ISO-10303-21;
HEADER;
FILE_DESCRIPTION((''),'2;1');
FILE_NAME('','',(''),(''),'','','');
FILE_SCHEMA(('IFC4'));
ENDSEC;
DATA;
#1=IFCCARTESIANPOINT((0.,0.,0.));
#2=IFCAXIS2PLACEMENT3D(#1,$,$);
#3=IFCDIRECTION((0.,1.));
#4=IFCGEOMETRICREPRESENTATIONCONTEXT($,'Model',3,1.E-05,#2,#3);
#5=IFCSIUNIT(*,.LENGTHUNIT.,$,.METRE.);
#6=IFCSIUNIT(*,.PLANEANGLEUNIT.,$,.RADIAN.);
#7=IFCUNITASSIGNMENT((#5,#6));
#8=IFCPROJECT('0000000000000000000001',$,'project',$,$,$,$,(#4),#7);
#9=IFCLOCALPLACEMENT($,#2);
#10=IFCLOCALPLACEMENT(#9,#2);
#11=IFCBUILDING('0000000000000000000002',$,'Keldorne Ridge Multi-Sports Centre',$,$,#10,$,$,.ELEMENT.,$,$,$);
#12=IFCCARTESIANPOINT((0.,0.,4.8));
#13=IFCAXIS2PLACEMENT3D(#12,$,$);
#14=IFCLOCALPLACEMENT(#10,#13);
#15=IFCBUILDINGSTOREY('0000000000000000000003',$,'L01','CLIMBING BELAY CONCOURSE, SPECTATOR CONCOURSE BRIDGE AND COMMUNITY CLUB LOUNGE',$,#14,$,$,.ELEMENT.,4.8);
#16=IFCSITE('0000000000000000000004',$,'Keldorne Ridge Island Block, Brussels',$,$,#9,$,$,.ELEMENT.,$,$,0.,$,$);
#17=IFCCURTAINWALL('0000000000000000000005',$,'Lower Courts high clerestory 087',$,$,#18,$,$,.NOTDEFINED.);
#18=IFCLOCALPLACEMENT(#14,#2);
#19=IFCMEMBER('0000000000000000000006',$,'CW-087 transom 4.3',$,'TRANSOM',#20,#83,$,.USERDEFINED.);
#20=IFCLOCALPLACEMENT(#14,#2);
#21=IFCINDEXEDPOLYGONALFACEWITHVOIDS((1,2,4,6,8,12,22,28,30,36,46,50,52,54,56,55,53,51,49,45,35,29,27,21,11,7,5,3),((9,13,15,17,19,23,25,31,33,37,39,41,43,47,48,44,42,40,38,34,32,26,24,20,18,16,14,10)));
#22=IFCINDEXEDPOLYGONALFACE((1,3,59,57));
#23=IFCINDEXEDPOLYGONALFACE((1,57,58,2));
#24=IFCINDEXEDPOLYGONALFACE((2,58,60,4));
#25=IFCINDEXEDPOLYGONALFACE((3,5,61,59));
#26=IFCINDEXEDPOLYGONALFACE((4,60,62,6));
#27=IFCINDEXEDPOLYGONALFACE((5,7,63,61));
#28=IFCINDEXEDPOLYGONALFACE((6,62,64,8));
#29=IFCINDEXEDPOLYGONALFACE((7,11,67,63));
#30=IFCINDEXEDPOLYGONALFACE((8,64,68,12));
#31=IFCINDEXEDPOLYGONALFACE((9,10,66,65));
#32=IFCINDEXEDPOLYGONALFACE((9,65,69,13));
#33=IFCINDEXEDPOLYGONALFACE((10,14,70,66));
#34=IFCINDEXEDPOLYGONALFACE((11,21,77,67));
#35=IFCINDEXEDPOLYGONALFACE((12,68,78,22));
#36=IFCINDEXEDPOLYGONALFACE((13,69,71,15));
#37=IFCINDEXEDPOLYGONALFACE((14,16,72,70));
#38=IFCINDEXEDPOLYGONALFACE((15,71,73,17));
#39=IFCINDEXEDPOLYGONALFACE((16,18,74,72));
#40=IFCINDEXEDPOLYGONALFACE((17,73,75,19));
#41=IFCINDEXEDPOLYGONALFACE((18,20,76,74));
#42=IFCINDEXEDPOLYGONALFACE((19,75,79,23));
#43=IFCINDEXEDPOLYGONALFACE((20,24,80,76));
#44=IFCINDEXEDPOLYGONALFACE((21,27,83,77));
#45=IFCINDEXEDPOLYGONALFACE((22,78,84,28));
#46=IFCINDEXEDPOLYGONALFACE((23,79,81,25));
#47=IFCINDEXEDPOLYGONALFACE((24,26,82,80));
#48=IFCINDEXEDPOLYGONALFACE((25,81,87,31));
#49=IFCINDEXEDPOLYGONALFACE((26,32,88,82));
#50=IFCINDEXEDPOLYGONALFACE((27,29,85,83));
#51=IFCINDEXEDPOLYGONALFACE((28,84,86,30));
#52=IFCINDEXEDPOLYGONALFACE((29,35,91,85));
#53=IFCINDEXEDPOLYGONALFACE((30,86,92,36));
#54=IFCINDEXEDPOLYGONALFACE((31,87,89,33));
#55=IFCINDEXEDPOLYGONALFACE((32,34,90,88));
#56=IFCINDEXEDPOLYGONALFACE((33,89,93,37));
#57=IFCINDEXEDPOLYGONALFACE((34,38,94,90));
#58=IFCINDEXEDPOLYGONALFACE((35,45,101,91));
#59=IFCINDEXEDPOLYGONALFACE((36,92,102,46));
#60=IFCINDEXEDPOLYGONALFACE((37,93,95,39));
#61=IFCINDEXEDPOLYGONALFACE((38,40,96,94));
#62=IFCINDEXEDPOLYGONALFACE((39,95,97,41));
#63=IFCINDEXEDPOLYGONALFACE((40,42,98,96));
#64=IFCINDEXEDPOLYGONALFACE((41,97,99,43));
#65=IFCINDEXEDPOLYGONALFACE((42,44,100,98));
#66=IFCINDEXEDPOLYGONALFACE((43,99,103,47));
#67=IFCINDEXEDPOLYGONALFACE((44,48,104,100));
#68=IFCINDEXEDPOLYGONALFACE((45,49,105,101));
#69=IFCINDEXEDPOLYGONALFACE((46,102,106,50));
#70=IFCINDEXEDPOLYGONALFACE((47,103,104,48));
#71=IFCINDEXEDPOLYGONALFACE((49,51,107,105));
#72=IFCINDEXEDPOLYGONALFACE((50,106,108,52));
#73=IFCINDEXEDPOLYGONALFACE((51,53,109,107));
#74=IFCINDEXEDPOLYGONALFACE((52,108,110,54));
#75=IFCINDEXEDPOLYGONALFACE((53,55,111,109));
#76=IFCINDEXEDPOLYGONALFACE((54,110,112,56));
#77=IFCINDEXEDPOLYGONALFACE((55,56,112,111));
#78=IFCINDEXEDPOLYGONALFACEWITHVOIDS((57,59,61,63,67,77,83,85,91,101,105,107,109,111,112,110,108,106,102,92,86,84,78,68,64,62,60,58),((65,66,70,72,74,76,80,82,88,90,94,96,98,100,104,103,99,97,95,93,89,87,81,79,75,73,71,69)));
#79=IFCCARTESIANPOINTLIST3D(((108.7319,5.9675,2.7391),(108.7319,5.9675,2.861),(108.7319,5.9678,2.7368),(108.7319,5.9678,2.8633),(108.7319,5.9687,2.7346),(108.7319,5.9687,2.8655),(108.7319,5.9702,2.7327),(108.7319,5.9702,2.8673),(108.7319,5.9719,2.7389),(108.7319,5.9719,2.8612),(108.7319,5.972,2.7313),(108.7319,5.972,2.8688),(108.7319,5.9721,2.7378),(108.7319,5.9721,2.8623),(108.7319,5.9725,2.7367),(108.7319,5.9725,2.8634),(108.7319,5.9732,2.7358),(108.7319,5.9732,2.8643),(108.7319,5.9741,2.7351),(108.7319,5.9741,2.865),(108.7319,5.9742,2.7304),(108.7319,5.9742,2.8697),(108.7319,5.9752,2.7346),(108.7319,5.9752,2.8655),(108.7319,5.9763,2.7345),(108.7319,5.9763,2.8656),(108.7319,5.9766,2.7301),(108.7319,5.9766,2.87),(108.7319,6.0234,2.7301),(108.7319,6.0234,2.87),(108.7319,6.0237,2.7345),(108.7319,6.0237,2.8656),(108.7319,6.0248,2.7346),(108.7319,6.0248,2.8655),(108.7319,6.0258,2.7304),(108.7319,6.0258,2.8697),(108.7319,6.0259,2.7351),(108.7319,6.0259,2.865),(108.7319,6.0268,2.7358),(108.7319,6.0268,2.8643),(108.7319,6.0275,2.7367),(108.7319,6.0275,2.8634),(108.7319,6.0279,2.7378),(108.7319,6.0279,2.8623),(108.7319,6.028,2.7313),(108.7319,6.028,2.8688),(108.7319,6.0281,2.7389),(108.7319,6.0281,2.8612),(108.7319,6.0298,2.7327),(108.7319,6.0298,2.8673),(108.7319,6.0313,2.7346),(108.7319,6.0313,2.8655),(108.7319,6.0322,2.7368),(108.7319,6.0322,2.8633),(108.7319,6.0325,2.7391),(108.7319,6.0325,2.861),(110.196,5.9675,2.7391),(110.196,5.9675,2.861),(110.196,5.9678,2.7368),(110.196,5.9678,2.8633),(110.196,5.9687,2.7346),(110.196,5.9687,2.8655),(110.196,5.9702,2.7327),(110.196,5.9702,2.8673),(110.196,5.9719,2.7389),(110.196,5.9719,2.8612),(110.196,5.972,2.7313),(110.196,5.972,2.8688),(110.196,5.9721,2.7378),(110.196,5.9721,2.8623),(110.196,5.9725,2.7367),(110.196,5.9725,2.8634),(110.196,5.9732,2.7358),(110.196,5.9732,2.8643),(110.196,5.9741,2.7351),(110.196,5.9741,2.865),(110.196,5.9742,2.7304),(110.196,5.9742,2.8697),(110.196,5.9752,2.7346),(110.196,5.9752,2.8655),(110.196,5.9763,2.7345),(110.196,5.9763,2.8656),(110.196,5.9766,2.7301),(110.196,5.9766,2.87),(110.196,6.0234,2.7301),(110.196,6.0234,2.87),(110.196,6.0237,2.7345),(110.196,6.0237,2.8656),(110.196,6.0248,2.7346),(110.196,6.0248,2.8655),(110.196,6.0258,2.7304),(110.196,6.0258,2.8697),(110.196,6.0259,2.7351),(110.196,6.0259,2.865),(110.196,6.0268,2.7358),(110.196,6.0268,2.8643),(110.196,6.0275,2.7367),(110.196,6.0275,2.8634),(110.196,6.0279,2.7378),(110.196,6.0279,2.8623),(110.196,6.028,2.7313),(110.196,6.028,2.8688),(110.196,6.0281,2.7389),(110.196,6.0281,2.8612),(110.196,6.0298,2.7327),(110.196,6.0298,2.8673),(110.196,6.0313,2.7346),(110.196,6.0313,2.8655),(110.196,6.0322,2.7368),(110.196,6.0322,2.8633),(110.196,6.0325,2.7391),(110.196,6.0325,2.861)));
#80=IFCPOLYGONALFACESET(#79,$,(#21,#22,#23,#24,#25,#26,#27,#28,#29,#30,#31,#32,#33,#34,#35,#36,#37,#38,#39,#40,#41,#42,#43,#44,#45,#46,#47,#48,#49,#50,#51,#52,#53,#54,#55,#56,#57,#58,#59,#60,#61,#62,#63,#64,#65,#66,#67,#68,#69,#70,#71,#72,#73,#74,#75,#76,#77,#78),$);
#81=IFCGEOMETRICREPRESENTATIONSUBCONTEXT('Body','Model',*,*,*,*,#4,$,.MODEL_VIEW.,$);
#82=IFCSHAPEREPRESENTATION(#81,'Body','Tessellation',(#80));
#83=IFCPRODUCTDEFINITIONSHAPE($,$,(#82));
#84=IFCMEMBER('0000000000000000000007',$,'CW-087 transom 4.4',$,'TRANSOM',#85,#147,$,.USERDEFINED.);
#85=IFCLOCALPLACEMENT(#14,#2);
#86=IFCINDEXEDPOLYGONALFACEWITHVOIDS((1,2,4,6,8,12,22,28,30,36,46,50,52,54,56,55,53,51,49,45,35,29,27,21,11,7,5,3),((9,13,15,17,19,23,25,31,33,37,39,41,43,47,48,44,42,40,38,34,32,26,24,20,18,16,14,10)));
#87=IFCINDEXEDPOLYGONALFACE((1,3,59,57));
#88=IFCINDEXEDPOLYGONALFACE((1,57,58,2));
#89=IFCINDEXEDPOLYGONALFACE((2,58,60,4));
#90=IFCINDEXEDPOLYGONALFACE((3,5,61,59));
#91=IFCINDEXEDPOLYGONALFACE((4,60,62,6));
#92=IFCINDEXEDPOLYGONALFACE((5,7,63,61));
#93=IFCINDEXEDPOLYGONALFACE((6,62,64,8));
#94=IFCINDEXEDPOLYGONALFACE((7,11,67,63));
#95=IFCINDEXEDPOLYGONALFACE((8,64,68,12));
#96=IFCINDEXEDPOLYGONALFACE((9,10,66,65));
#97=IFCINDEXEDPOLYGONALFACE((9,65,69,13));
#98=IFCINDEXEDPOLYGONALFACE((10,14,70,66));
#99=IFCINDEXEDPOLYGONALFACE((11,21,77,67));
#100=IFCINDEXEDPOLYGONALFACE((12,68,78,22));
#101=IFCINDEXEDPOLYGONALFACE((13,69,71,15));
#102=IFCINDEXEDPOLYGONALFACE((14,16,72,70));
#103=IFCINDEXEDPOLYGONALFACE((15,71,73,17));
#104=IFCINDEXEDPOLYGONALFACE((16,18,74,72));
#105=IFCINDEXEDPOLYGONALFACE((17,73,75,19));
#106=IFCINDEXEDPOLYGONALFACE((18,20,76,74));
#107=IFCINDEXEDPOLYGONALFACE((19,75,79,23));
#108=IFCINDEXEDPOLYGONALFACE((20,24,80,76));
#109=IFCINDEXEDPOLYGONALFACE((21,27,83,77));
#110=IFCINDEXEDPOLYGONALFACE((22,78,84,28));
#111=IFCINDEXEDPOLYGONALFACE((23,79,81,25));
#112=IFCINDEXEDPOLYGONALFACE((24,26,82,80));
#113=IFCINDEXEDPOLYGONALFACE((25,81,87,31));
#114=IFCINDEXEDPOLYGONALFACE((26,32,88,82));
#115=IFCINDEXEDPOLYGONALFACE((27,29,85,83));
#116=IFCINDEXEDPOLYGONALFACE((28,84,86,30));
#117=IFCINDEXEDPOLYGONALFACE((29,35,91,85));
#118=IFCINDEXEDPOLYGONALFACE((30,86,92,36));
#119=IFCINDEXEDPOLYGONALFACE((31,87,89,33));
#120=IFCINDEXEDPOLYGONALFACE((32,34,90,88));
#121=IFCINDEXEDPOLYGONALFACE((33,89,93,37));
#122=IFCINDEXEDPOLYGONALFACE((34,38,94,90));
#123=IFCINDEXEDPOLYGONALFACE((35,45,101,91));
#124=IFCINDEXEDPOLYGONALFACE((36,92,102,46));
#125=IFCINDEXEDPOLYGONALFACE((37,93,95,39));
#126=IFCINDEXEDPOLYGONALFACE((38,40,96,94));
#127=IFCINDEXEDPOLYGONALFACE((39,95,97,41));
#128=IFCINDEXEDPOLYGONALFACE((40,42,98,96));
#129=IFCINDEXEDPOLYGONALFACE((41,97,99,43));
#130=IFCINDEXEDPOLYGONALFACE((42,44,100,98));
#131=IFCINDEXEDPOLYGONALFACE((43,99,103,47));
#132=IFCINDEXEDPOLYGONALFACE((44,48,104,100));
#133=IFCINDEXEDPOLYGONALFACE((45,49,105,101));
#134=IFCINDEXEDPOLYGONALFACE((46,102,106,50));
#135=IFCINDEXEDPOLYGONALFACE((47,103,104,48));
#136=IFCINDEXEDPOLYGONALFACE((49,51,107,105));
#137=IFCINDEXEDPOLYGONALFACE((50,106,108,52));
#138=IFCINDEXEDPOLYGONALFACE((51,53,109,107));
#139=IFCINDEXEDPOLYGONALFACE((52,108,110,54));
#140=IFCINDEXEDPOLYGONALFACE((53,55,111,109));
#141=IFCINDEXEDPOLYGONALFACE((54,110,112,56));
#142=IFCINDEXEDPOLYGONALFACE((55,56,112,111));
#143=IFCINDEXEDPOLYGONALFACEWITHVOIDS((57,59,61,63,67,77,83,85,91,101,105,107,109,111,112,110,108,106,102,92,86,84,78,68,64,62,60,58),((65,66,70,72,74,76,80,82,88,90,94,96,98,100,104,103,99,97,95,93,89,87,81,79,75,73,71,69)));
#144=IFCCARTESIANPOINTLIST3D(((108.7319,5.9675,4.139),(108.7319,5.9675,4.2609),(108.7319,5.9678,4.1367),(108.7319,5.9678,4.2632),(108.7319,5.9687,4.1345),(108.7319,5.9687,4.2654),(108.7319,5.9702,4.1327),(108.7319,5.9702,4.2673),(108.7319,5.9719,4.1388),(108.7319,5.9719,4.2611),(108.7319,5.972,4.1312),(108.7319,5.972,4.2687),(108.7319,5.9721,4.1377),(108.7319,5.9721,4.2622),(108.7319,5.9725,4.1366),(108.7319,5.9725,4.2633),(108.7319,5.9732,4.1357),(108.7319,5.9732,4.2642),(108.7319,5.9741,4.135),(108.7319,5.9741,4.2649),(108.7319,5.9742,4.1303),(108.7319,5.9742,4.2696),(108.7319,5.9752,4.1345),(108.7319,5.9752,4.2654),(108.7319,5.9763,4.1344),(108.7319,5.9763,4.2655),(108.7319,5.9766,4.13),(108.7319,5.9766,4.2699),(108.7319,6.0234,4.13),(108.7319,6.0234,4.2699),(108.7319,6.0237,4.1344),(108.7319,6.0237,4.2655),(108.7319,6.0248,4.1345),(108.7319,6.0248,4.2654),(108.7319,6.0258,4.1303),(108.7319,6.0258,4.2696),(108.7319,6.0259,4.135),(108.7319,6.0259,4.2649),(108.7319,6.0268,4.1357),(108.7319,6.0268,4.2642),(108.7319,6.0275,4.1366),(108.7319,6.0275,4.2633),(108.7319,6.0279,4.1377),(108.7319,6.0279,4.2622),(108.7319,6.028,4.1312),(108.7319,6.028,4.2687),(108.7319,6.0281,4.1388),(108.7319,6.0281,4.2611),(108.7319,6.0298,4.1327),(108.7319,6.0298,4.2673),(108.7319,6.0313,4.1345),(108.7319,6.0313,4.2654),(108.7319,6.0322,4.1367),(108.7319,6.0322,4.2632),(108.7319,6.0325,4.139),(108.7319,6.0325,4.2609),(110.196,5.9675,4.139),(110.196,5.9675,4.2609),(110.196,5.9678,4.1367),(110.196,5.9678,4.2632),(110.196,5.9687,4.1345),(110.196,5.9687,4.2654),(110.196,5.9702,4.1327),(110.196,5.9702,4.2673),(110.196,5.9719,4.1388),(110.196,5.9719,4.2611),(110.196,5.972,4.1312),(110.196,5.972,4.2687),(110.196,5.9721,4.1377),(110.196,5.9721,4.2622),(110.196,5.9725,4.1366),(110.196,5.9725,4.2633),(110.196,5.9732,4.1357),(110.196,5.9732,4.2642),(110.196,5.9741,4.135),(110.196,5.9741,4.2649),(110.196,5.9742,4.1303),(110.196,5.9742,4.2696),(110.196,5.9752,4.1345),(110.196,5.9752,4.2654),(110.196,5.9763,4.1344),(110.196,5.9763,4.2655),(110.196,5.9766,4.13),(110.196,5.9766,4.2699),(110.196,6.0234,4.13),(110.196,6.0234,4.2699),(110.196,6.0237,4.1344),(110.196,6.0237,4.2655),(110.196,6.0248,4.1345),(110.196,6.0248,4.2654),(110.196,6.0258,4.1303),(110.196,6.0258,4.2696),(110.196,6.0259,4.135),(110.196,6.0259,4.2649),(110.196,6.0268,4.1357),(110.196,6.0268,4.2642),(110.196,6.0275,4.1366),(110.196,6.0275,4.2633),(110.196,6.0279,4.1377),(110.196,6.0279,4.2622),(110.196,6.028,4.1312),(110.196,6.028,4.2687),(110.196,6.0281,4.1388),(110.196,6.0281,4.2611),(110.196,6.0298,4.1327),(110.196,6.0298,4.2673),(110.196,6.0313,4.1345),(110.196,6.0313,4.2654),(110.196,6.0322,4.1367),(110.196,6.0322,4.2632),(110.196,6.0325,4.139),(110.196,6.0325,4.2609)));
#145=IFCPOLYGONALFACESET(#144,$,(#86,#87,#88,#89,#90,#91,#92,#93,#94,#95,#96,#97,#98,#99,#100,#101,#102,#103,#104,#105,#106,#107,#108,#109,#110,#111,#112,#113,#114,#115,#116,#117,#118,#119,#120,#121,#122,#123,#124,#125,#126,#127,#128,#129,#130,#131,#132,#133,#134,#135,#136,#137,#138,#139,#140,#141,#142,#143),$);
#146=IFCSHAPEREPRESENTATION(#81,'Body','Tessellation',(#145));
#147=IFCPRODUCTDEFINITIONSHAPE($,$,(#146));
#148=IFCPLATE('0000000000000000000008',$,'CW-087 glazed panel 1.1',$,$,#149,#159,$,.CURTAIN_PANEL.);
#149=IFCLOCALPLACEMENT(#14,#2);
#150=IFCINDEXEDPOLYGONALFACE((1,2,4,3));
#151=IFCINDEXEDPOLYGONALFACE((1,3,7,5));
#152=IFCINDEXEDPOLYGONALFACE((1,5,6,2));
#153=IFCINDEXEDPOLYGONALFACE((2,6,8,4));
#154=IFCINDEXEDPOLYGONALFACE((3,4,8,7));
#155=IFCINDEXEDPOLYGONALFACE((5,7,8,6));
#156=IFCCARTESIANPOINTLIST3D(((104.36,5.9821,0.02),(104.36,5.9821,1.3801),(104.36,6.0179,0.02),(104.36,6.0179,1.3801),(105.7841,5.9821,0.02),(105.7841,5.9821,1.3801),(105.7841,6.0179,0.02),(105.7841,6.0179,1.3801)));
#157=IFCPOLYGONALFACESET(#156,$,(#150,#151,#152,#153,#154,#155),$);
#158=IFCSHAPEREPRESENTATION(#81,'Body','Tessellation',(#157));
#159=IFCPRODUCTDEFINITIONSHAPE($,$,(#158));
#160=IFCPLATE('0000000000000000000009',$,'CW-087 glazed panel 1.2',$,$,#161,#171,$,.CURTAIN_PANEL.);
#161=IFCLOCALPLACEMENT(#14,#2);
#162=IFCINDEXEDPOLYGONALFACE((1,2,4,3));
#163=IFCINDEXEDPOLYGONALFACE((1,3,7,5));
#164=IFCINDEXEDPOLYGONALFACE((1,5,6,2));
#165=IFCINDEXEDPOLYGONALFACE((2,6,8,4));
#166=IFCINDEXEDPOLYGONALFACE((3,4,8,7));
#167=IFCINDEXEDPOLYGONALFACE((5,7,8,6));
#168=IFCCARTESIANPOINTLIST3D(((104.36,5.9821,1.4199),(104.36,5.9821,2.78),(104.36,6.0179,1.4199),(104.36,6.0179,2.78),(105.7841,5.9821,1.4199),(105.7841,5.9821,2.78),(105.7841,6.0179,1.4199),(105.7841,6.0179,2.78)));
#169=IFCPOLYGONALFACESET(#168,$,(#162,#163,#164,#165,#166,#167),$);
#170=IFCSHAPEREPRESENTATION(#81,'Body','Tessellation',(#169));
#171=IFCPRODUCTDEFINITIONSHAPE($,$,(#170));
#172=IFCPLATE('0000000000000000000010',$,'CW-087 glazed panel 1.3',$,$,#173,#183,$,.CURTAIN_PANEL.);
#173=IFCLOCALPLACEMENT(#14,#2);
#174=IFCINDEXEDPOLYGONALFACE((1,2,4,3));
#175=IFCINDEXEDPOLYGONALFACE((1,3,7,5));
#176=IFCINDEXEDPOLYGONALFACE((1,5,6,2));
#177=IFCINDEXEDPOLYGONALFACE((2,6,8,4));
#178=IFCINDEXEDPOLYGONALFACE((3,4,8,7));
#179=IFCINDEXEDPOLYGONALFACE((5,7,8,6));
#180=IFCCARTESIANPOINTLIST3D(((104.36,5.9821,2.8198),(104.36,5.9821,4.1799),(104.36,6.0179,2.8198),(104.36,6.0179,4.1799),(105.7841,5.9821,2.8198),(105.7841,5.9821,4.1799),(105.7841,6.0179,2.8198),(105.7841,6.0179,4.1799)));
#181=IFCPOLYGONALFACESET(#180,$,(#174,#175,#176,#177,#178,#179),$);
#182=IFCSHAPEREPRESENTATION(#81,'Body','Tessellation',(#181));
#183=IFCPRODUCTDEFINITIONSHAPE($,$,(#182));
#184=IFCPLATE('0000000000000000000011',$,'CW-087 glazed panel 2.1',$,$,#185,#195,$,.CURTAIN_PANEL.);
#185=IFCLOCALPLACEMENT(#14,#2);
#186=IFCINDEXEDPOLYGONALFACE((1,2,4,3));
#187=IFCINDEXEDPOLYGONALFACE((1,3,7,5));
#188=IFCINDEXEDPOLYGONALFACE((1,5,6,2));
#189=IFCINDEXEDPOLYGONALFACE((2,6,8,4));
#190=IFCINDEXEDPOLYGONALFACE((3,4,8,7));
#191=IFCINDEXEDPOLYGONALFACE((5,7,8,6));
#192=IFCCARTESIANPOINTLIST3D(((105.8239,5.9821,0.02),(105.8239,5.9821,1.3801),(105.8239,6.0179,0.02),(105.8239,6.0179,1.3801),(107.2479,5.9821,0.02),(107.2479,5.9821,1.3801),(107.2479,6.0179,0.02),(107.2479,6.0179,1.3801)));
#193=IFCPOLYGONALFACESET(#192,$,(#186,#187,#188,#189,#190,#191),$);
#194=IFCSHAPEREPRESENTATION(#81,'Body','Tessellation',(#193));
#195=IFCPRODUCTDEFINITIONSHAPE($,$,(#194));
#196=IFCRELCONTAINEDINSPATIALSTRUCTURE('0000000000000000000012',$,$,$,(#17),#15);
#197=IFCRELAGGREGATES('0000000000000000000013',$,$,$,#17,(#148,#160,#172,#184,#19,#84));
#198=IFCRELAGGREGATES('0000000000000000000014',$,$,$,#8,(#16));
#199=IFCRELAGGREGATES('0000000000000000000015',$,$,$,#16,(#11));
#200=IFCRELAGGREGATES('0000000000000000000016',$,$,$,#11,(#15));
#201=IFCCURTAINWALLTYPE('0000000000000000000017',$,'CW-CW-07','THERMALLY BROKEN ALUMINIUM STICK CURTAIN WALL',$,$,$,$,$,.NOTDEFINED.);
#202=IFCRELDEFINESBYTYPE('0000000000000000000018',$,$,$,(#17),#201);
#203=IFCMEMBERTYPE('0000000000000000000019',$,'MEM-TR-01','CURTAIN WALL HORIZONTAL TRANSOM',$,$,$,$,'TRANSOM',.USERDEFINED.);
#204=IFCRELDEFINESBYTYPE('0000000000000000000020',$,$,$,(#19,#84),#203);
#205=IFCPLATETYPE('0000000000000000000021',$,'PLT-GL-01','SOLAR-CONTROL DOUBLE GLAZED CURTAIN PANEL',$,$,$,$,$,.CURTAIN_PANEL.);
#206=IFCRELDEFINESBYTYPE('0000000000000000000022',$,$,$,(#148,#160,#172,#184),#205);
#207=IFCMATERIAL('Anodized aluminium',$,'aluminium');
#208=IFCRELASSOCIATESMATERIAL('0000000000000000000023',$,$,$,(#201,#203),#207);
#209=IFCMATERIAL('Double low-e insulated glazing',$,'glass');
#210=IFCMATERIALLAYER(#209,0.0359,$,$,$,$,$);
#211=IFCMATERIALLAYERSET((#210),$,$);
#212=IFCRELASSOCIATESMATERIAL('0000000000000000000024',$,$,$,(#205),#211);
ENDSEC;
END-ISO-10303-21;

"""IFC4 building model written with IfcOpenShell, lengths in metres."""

from ifc_helpers import new_model, si_unit, direction, frame, origin, origin_2d, place, context, subcontext, project, spatial, rectangle, hollow_rectangle, extrude, material, layer, layer_set, material_profile, profile_set, type_object, element, aggregate, save


model = new_model("IFC4")

# Units and contexts
model_context = context("Model", 3, precision=1e-05, world=origin(), true_north=direction((0.0, 1.0)))
body_context = subcontext(model_context, "Body", "Model", "MODEL_VIEW")
ifc_project = project(units=[si_unit("LENGTHUNIT", "METRE"), si_unit("PLANEANGLEUNIT", "RADIAN")], contexts=[model_context])

# Site, building, storey
site_placement = place(None, origin())
site = spatial("IfcSite", under=ifc_project, at=site_placement, Name="Keldorne Ridge Island Block, Brussels", CompositionType="ELEMENT", RefElevation=0.0)
building_placement = place(site_placement, origin())
building = spatial("IfcBuilding", under=site, at=building_placement, Name="Keldorne Ridge Multi-Sports Centre", CompositionType="ELEMENT")
storey_placement = place(building_placement, frame((0.0, 0.0, 4.8)))
storey = spatial("IfcBuildingStorey", under=building, at=storey_placement, Name="L01", Description="CLIMBING BELAY CONCOURSE, SPECTATOR CONCOURSE BRIDGE AND COMMUNITY CLUB LOUNGE", CompositionType="ELEMENT", Elevation=4.8)

# Curtain wall, members, plates
ifc_material_1 = material(Name="Anodized aluminium", Category="aluminium")
curtain_wall_type = type_object("IfcCurtainWallType", Name="CW-CW-07", Description="THERMALLY BROKEN ALUMINIUM STICK CURTAIN WALL", PredefinedType="NOTDEFINED", material=ifc_material_1)
curtain_wall_placement = place(storey_placement, origin())
curtain_wall = element("IfcCurtainWall", 1, at=curtain_wall_placement, inside=storey, type_object=curtain_wall_type, Name="Lower Courts high clerestory 087", PredefinedType="NOTDEFINED")
ifc_material_profile_1 = material_profile(ifc_material_1, hollow_rectangle(XDim=0.0649, YDim=0.1399, WallThickness=0.0044, InnerFilletRadius=0.0044, OuterFilletRadius=0.009, at=origin_2d()), Name="ALU TRANSOM 140x65x4.5")
ifc_profile_set_1 = profile_set([ifc_material_profile_1], Name="Anodized aluminium")
member_type_1 = type_object("IfcMemberType", Name="MEM-TR-01", Description="CURTAIN WALL HORIZONTAL TRANSOM", ElementType="TRANSOM", PredefinedType="USERDEFINED", material=ifc_profile_set_1)
member_1_placement = place(storey_placement, frame((108.7319, 6.0, 2.8), z_axis=(1.0, 0.0, 0.0), x_axis=(0.0, 1.0, 0.0)))
member_1 = element("IfcMember", 2, at=member_1_placement, type_object=member_type_1, Name="CW-087 transom 4.3", ObjectType="TRANSOM", PredefinedType="USERDEFINED", context=body_context, shape_type="SweptSolid", body=[
    extrude(hollow_rectangle(XDim=0.0649, YDim=0.1399, WallThickness=0.0044, InnerFilletRadius=0.0044, OuterFilletRadius=0.009, at=origin_2d()), origin(), (0.0, 0.0, 1.0), 1.4641),
])
member_2_placement = place(storey_placement, frame((108.7319, 6.0, 4.2), z_axis=(1.0, 0.0, 0.0), x_axis=(0.0, 1.0, 0.0)))
member_2 = element("IfcMember", 3, at=member_2_placement, type_object=member_type_1, Name="CW-087 transom 4.4", ObjectType="TRANSOM", PredefinedType="USERDEFINED", context=body_context, shape_type="SweptSolid", body=[
    extrude(hollow_rectangle(XDim=0.0649, YDim=0.1399, WallThickness=0.0044, InnerFilletRadius=0.0044, OuterFilletRadius=0.009, at=origin_2d()), origin(), (0.0, 0.0, 1.0), 1.4641),
])
ifc_material_2 = material(Name="Double low-e insulated glazing", Category="glass")
ifc_layer = layer(ifc_material_2, 0.0359)
ifc_layer_set = layer_set([ifc_layer])
plate_type = type_object("IfcPlateType", Name="PLT-GL-01", Description="SOLAR-CONTROL DOUBLE GLAZED CURTAIN PANEL", PredefinedType="CURTAIN_PANEL", material=ifc_layer_set)
plate_1_placement = place(storey_placement, frame((105.072, 6.0, 0.02), z_axis=(0.0, 0.0, 1.0), x_axis=(1.0, 0.0, 0.0)))
plate_1 = element("IfcPlate", 4, at=plate_1_placement, type_object=plate_type, Name="CW-087 glazed panel 1.1", PredefinedType="CURTAIN_PANEL", context=body_context, shape_type="SweptSolid", body=[
    extrude(rectangle(XDim=1.4241, YDim=0.0359, at=origin_2d()), origin(), (0.0, 0.0, 1.0), 1.3601),
])
plate_2_placement = place(storey_placement, frame((105.072, 6.0, 1.4199), z_axis=(0.0, 0.0, 1.0), x_axis=(1.0, 0.0, 0.0)))
plate_2 = element("IfcPlate", 5, at=plate_2_placement, type_object=plate_type, Name="CW-087 glazed panel 1.2", PredefinedType="CURTAIN_PANEL", context=body_context, shape_type="SweptSolid", body=[
    extrude(rectangle(XDim=1.4241, YDim=0.0359, at=origin_2d()), origin(), (0.0, 0.0, 1.0), 1.3601),
])
plate_3_placement = place(storey_placement, frame((105.072, 6.0, 2.8198), z_axis=(0.0, 0.0, 1.0), x_axis=(1.0, 0.0, 0.0)))
plate_3 = element("IfcPlate", 6, at=plate_3_placement, type_object=plate_type, Name="CW-087 glazed panel 1.3", PredefinedType="CURTAIN_PANEL", context=body_context, shape_type="SweptSolid", body=[
    extrude(rectangle(XDim=1.4241, YDim=0.0359, at=origin_2d()), origin(), (0.0, 0.0, 1.0), 1.3601),
])
plate_4_placement = place(storey_placement, frame((106.5359, 6.0, 0.02), z_axis=(0.0, 0.0, 1.0), x_axis=(1.0, 0.0, 0.0)))
plate_4 = element("IfcPlate", 7, at=plate_4_placement, type_object=plate_type, Name="CW-087 glazed panel 2.1", PredefinedType="CURTAIN_PANEL", context=body_context, shape_type="SweptSolid", body=[
    extrude(rectangle(XDim=1.4241, YDim=0.0359, at=origin_2d()), origin(), (0.0, 0.0, 1.0), 1.3601),
])
aggregate(curtain_wall, [plate_1, plate_2, plate_3, plate_4, member_1, member_2])

save(model, "model.ifc")
